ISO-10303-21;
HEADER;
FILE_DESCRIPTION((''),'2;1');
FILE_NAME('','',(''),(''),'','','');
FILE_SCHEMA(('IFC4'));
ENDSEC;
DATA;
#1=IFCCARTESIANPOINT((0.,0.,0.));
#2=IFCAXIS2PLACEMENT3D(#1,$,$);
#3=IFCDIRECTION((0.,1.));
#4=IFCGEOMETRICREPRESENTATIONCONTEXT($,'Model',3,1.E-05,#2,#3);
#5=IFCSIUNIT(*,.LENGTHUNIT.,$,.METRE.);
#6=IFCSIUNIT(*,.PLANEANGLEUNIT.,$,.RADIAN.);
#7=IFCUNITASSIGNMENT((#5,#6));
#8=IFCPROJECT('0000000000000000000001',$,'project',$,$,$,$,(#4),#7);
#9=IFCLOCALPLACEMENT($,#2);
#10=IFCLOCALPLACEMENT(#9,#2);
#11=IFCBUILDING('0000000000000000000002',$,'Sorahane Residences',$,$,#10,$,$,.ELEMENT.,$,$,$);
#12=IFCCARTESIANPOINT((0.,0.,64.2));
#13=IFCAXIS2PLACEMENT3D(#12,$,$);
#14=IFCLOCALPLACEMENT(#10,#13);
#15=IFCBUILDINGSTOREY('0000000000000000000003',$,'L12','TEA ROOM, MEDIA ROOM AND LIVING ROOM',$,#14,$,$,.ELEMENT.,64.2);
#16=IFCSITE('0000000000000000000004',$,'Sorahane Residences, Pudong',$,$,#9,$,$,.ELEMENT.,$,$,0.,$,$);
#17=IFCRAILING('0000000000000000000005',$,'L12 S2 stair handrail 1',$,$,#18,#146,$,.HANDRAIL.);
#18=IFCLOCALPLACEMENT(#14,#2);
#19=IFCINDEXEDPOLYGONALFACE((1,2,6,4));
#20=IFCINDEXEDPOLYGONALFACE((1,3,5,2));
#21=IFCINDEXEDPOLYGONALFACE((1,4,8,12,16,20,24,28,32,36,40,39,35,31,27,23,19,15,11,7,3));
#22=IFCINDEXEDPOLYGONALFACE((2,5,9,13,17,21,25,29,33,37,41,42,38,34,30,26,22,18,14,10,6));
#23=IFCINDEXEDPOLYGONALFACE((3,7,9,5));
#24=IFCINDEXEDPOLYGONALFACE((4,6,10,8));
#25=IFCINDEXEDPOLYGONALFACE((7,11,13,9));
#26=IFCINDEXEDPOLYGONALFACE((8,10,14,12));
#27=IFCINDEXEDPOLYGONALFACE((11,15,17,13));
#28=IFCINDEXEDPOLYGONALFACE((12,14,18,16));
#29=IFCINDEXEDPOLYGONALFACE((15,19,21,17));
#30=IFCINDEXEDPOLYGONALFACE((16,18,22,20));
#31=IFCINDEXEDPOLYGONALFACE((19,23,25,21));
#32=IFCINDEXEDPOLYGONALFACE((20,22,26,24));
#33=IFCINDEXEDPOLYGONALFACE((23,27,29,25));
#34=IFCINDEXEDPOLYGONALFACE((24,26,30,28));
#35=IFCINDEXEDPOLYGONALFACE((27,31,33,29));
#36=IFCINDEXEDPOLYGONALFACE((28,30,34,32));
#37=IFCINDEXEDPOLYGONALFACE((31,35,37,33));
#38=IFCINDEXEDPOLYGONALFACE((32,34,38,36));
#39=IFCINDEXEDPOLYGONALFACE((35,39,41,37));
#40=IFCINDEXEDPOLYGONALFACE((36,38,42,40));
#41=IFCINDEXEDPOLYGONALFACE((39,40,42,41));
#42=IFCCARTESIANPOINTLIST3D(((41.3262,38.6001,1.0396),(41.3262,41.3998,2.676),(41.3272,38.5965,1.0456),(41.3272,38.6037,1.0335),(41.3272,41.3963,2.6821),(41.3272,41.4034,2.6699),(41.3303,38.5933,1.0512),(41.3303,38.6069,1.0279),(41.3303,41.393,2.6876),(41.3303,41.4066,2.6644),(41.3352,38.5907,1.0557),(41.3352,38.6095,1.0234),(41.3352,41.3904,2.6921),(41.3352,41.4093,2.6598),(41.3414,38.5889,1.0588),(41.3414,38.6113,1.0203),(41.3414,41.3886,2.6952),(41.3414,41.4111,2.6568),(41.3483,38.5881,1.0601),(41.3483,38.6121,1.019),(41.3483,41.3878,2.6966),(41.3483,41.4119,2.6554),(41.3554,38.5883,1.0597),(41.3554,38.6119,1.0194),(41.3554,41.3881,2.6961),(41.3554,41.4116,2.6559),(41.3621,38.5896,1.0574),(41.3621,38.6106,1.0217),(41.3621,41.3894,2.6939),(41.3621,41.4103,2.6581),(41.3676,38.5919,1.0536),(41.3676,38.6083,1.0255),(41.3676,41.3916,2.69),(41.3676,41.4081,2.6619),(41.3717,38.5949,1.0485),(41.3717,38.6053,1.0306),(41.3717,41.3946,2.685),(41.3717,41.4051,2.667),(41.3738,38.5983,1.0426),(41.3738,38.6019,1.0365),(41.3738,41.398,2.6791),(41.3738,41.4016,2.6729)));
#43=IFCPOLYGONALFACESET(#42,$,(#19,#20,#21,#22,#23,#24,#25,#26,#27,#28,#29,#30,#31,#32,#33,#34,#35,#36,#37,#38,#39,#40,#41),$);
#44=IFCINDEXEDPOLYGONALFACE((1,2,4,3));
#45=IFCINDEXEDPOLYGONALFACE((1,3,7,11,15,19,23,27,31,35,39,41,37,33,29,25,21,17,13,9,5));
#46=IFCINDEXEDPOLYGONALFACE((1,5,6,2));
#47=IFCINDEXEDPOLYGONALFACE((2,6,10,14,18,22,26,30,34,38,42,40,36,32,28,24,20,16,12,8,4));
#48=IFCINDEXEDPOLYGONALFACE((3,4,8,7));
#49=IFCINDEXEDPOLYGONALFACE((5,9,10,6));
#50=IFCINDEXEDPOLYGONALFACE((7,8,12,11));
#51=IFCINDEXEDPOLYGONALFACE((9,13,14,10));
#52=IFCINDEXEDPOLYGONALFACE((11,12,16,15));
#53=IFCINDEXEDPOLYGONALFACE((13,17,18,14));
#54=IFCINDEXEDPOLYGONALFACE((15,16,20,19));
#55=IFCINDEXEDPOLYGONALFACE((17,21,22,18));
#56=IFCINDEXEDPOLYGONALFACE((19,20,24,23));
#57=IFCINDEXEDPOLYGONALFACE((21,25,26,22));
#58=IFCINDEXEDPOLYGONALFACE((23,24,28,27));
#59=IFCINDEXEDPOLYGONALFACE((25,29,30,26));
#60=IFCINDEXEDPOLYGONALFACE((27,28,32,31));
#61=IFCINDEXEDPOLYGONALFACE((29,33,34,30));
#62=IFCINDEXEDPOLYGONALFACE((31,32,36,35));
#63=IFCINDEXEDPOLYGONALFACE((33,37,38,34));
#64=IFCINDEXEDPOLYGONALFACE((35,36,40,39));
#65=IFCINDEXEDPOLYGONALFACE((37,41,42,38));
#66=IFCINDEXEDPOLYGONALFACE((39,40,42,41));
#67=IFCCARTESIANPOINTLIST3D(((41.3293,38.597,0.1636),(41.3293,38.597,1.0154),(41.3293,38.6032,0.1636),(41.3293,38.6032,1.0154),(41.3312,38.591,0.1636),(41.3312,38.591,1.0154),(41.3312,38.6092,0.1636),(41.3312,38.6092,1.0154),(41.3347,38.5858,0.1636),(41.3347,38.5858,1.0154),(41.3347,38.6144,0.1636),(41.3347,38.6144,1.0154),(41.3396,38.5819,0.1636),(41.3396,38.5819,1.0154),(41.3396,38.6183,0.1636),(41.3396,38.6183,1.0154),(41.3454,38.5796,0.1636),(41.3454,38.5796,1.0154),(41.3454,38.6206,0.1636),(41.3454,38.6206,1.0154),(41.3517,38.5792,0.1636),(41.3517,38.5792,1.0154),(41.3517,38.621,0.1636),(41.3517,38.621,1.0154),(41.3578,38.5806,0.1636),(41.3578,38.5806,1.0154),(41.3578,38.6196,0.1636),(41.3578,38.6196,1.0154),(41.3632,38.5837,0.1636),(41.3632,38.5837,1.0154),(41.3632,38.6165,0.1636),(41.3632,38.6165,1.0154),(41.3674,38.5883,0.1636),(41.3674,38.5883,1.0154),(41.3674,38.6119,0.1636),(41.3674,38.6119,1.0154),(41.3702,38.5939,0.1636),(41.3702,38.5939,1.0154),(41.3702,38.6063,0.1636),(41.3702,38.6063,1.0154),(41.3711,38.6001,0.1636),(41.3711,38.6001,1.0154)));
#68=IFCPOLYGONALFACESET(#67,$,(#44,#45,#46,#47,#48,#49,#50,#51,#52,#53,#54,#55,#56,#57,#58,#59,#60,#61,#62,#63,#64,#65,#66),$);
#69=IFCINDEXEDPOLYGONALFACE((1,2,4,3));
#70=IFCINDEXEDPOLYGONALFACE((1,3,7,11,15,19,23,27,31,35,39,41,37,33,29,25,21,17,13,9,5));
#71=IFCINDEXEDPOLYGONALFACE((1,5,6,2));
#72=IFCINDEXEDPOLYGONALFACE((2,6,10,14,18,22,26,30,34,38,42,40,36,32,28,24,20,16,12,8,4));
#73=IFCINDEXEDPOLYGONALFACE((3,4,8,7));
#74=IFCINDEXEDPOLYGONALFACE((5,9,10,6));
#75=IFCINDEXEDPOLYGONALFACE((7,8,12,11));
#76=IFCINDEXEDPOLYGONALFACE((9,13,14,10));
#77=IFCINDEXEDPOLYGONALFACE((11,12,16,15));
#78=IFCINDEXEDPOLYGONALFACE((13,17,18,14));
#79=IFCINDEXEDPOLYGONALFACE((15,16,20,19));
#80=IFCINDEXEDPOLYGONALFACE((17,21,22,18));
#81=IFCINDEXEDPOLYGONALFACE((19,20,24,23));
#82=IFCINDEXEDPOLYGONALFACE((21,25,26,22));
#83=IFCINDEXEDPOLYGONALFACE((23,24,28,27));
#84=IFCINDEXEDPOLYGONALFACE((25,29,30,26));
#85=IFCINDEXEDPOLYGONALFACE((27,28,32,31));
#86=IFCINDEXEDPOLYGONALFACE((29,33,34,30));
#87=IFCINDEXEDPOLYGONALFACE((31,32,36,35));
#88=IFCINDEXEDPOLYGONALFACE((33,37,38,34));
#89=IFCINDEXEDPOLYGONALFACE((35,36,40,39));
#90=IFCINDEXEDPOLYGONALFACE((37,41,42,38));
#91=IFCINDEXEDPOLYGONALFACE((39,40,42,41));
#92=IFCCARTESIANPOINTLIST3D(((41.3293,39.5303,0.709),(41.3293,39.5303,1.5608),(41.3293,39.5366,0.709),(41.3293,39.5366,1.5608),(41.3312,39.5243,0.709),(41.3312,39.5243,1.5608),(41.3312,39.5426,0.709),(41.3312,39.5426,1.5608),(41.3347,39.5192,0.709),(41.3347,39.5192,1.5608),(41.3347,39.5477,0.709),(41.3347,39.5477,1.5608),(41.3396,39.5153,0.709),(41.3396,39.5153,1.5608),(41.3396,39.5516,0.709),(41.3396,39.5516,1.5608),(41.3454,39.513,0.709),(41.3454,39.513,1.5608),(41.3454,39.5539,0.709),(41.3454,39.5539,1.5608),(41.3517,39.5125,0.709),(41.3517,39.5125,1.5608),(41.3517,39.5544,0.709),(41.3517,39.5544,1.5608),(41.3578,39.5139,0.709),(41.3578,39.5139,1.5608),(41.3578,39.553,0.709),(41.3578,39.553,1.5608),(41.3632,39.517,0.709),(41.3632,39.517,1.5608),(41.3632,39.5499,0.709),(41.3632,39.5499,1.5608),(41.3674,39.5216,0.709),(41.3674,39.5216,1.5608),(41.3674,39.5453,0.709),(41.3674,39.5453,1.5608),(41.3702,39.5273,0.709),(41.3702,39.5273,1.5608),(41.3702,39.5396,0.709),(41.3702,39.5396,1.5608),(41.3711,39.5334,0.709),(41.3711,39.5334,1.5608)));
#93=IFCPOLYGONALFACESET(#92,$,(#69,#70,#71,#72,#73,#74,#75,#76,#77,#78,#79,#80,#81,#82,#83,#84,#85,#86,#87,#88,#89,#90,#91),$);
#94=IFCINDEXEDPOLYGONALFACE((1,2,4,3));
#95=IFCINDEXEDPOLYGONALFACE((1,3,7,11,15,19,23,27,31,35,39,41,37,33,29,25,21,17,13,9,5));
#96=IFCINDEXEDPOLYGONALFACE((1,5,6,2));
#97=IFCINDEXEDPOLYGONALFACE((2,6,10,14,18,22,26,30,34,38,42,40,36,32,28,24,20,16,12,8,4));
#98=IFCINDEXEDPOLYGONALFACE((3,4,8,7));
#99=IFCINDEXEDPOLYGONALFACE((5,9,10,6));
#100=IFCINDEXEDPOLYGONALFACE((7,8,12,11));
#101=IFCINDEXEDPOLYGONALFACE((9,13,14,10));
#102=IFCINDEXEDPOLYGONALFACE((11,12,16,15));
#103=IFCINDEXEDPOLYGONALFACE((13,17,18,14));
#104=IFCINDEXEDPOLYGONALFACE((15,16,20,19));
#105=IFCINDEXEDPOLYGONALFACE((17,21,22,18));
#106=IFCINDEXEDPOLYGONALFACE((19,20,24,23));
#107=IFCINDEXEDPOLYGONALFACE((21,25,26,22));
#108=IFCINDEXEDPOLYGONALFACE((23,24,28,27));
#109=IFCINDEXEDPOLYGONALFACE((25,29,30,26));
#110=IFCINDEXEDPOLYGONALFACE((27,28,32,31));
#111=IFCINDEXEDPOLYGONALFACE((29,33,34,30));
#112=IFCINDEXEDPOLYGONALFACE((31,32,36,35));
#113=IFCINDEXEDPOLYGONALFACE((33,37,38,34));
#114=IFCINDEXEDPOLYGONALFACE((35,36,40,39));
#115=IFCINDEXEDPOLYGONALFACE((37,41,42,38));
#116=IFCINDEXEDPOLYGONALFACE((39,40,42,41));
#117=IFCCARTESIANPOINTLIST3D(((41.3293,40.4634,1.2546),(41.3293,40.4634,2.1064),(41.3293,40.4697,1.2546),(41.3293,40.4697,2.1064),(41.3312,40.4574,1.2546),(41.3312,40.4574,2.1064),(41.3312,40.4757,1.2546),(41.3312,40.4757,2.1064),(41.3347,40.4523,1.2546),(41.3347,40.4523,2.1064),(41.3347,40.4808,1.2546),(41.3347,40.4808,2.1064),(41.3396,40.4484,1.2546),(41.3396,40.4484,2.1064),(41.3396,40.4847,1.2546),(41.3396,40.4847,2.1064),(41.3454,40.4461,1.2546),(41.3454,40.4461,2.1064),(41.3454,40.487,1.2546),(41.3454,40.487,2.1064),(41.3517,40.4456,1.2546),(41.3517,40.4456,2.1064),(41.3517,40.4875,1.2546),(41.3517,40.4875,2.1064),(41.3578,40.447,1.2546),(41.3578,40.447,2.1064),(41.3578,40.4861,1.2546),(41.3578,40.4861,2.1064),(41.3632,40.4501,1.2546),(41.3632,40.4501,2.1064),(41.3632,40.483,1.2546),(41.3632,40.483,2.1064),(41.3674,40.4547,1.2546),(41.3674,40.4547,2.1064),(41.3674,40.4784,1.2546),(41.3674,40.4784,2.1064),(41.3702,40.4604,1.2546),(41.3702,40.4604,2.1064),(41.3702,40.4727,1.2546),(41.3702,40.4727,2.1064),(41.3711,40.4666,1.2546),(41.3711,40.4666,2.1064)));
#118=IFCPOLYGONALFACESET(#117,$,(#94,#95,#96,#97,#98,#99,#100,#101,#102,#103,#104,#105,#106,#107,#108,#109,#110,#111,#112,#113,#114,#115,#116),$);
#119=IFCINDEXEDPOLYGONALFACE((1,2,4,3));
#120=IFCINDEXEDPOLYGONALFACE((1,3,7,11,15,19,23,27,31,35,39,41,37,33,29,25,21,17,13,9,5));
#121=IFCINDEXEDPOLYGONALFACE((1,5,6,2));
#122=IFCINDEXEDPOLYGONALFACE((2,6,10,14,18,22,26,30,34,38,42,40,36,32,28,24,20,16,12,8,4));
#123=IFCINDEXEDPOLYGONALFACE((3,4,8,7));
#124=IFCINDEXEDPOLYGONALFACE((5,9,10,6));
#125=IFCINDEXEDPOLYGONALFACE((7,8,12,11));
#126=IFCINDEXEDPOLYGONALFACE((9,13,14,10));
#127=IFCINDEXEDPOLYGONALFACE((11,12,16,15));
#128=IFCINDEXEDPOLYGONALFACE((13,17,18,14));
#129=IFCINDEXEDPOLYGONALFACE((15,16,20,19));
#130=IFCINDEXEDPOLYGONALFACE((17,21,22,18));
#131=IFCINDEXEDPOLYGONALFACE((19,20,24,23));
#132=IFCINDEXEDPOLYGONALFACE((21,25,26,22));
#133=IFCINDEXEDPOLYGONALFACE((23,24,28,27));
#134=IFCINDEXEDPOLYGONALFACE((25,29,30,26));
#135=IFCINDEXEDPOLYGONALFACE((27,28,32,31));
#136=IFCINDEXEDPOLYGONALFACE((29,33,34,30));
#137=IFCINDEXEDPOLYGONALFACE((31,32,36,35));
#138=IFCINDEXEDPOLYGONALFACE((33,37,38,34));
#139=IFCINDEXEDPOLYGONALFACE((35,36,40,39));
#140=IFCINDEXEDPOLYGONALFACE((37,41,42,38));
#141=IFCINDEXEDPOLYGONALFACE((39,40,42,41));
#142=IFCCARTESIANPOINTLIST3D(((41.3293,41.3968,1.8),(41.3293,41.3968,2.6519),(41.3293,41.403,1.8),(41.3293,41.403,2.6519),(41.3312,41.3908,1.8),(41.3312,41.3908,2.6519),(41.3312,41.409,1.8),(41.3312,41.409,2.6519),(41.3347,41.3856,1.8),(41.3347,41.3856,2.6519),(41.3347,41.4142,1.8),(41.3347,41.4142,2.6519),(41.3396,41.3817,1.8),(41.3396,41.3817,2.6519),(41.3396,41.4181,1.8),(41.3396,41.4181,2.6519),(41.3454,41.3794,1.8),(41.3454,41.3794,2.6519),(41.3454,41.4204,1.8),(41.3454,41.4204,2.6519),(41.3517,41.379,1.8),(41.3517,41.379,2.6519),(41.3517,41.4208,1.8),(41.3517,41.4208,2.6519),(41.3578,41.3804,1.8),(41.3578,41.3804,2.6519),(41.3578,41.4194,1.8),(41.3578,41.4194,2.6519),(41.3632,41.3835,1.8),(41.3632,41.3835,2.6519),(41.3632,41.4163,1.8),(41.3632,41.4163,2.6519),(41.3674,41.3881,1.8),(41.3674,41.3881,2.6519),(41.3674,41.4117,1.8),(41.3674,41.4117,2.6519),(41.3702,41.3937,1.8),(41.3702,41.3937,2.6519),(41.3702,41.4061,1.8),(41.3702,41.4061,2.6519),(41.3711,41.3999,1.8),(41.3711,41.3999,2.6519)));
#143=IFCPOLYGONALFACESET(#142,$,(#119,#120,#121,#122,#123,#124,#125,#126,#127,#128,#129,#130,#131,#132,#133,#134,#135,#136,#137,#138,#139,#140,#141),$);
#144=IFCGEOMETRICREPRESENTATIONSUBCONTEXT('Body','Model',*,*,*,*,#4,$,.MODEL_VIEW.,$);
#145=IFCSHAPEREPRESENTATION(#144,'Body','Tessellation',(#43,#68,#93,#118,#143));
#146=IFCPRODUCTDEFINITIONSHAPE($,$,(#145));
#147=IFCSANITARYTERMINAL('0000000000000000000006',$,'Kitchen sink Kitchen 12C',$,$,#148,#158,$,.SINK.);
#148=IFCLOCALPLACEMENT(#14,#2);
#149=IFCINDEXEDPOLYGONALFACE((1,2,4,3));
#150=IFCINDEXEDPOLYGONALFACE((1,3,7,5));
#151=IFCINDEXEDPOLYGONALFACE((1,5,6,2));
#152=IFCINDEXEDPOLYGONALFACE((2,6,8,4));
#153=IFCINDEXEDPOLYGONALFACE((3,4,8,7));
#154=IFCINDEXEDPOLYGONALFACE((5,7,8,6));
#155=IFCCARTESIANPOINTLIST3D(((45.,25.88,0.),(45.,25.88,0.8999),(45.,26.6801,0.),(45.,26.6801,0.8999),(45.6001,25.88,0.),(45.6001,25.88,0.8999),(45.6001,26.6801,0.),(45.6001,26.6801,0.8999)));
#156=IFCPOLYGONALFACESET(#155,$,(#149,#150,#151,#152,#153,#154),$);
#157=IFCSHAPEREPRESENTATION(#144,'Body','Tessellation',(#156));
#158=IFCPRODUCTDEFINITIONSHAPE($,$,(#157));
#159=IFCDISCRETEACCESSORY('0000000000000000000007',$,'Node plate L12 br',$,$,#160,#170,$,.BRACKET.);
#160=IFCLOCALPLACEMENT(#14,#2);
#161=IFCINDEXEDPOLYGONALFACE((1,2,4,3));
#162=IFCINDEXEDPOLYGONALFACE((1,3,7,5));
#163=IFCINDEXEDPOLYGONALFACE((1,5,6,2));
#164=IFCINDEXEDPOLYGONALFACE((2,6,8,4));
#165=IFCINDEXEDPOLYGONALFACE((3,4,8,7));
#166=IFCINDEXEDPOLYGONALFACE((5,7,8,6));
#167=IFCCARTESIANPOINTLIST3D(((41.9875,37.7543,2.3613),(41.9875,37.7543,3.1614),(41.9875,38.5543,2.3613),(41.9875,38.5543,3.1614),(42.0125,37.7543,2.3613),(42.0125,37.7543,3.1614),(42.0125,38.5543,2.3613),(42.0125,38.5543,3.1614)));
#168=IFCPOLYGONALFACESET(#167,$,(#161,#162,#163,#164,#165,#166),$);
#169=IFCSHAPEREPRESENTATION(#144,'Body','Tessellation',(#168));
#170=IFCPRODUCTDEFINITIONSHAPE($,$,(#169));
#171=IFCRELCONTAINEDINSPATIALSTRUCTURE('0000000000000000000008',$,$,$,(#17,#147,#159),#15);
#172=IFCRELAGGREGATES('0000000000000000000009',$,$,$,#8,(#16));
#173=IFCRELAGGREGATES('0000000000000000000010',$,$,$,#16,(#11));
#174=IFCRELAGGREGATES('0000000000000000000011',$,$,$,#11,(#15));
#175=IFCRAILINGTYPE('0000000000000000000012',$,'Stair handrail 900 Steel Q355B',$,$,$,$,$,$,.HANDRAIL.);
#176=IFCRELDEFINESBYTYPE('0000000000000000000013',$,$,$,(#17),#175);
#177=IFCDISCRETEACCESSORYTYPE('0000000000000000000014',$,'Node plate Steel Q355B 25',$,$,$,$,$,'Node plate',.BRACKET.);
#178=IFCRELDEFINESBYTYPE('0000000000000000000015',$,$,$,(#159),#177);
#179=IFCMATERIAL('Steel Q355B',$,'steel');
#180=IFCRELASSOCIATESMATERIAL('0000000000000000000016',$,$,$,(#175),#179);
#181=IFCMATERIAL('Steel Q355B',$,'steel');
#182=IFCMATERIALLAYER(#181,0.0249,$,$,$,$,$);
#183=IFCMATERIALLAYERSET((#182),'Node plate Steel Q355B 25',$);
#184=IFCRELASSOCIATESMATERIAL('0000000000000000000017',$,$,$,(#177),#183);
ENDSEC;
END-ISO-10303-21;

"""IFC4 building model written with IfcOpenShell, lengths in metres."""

from ifc_helpers import new_model, si_unit, direction, frame, origin, origin_2d, place, context, subcontext, project, spatial, rectangle, circle, extrude, material, layer, layer_set, type_object, element, save


model = new_model("IFC4")

# Units and contexts
model_context = context("Model", 3, precision=1e-05, world=origin(), true_north=direction((0.0, 1.0)))
body_context = subcontext(model_context, "Body", "Model", "MODEL_VIEW")
ifc_project = project(units=[si_unit("LENGTHUNIT", "METRE"), si_unit("PLANEANGLEUNIT", "RADIAN")], contexts=[model_context])

# Site, building, storey
site_placement = place(None, origin())
site = spatial("IfcSite", under=ifc_project, at=site_placement, Name="Sorahane Residences, Pudong", CompositionType="ELEMENT", RefElevation=0.0)
building_placement = place(site_placement, origin())
building = spatial("IfcBuilding", under=site, at=building_placement, Name="Sorahane Residences", CompositionType="ELEMENT")
storey_placement = place(building_placement, frame((0.0, 0.0, 64.2)))
storey = spatial("IfcBuildingStorey", under=building, at=storey_placement, Name="L12", Description="TEA ROOM, MEDIA ROOM AND LIVING ROOM", CompositionType="ELEMENT", Elevation=64.2)

# Railing
ifc_material_1 = material(Name="Steel Q355B", Category="steel")
railing_type_1 = type_object("IfcRailingType", Name="Stair handrail 900 Steel Q355B", PredefinedType="HANDRAIL", material=ifc_material_1)
railing_1_placement = place(storey_placement, frame((41.3501, 38.6001, 0.1636)))
element("IfcRailing", 1, at=railing_1_placement, inside=storey, type_object=railing_type_1, Name="L12 S2 stair handrail 1", PredefinedType="HANDRAIL", context=body_context, shape_type="SweptSolid", body=[
    extrude(circle(Radius=0.0239, at=origin_2d()), frame((0.0, 0.0, 0.876), z_axis=(0.0, 0.863342, 0.50462), x_axis=(-1.0, 0.0, 0.0)), (0.0, 0.0, 1.0), 3.2429),
    extrude(circle(Radius=0.021, at=origin_2d()), origin(), (0.0, 0.0, 1.0), 0.8518),
    extrude(circle(Radius=0.021, at=origin_2d()), frame((0.0, 0.9333, 0.5454)), (0.0, 0.0, 1.0), 0.8518),
    extrude(circle(Radius=0.021, at=origin_2d()), frame((0.0, 1.8665, 1.0911)), (0.0, 0.0, 1.0), 0.8518),
    extrude(circle(Radius=0.021, at=origin_2d()), frame((0.0, 2.7998, 1.6365)), (0.0, 0.0, 1.0), 0.8518),
])

# Sanitary terminal
sanitary_terminal_placement = place(storey_placement, frame((45.3, 26.28, 0.0), z_axis=(0.0, 0.0, 1.0), x_axis=(0.0, 1.0, 0.0)))
element("IfcSanitaryTerminal", 2, at=sanitary_terminal_placement, inside=storey, Name="Kitchen sink Kitchen 12C", PredefinedType="SINK", context=body_context, shape_type="SweptSolid", body=[
    extrude(rectangle(XDim=0.8, YDim=0.6001, at=origin_2d()), origin(), (0.0, 0.0, 1.0), 0.8999),
])

# Discrete accessory
ifc_material_2 = material(Name="Steel Q355B", Category="steel")
ifc_layer_1 = layer(ifc_material_2, 0.0249)
ifc_layer_set_1 = layer_set([ifc_layer_1], Name="Node plate Steel Q355B 25")
discrete_accessory_type = type_object("IfcDiscreteAccessoryType", Name="Node plate Steel Q355B 25", ElementType="Node plate", PredefinedType="BRACKET", material=ifc_layer_set_1)
discrete_accessory_placement = place(storey_placement, frame((42.0, 38.1543, 2.3613), z_axis=(0.0, 0.0, 1.0), x_axis=(0.0, 1.0, 0.0)))
element("IfcDiscreteAccessory", 3, at=discrete_accessory_placement, inside=storey, type_object=discrete_accessory_type, Name="Node plate L12 br", PredefinedType="BRACKET", context=body_context, shape_type="SweptSolid", body=[
    extrude(rectangle(XDim=0.8, YDim=0.0249, at=origin_2d()), origin(), (0.0, 0.0, 1.0), 0.8),
])

save(model, "model.ifc")
